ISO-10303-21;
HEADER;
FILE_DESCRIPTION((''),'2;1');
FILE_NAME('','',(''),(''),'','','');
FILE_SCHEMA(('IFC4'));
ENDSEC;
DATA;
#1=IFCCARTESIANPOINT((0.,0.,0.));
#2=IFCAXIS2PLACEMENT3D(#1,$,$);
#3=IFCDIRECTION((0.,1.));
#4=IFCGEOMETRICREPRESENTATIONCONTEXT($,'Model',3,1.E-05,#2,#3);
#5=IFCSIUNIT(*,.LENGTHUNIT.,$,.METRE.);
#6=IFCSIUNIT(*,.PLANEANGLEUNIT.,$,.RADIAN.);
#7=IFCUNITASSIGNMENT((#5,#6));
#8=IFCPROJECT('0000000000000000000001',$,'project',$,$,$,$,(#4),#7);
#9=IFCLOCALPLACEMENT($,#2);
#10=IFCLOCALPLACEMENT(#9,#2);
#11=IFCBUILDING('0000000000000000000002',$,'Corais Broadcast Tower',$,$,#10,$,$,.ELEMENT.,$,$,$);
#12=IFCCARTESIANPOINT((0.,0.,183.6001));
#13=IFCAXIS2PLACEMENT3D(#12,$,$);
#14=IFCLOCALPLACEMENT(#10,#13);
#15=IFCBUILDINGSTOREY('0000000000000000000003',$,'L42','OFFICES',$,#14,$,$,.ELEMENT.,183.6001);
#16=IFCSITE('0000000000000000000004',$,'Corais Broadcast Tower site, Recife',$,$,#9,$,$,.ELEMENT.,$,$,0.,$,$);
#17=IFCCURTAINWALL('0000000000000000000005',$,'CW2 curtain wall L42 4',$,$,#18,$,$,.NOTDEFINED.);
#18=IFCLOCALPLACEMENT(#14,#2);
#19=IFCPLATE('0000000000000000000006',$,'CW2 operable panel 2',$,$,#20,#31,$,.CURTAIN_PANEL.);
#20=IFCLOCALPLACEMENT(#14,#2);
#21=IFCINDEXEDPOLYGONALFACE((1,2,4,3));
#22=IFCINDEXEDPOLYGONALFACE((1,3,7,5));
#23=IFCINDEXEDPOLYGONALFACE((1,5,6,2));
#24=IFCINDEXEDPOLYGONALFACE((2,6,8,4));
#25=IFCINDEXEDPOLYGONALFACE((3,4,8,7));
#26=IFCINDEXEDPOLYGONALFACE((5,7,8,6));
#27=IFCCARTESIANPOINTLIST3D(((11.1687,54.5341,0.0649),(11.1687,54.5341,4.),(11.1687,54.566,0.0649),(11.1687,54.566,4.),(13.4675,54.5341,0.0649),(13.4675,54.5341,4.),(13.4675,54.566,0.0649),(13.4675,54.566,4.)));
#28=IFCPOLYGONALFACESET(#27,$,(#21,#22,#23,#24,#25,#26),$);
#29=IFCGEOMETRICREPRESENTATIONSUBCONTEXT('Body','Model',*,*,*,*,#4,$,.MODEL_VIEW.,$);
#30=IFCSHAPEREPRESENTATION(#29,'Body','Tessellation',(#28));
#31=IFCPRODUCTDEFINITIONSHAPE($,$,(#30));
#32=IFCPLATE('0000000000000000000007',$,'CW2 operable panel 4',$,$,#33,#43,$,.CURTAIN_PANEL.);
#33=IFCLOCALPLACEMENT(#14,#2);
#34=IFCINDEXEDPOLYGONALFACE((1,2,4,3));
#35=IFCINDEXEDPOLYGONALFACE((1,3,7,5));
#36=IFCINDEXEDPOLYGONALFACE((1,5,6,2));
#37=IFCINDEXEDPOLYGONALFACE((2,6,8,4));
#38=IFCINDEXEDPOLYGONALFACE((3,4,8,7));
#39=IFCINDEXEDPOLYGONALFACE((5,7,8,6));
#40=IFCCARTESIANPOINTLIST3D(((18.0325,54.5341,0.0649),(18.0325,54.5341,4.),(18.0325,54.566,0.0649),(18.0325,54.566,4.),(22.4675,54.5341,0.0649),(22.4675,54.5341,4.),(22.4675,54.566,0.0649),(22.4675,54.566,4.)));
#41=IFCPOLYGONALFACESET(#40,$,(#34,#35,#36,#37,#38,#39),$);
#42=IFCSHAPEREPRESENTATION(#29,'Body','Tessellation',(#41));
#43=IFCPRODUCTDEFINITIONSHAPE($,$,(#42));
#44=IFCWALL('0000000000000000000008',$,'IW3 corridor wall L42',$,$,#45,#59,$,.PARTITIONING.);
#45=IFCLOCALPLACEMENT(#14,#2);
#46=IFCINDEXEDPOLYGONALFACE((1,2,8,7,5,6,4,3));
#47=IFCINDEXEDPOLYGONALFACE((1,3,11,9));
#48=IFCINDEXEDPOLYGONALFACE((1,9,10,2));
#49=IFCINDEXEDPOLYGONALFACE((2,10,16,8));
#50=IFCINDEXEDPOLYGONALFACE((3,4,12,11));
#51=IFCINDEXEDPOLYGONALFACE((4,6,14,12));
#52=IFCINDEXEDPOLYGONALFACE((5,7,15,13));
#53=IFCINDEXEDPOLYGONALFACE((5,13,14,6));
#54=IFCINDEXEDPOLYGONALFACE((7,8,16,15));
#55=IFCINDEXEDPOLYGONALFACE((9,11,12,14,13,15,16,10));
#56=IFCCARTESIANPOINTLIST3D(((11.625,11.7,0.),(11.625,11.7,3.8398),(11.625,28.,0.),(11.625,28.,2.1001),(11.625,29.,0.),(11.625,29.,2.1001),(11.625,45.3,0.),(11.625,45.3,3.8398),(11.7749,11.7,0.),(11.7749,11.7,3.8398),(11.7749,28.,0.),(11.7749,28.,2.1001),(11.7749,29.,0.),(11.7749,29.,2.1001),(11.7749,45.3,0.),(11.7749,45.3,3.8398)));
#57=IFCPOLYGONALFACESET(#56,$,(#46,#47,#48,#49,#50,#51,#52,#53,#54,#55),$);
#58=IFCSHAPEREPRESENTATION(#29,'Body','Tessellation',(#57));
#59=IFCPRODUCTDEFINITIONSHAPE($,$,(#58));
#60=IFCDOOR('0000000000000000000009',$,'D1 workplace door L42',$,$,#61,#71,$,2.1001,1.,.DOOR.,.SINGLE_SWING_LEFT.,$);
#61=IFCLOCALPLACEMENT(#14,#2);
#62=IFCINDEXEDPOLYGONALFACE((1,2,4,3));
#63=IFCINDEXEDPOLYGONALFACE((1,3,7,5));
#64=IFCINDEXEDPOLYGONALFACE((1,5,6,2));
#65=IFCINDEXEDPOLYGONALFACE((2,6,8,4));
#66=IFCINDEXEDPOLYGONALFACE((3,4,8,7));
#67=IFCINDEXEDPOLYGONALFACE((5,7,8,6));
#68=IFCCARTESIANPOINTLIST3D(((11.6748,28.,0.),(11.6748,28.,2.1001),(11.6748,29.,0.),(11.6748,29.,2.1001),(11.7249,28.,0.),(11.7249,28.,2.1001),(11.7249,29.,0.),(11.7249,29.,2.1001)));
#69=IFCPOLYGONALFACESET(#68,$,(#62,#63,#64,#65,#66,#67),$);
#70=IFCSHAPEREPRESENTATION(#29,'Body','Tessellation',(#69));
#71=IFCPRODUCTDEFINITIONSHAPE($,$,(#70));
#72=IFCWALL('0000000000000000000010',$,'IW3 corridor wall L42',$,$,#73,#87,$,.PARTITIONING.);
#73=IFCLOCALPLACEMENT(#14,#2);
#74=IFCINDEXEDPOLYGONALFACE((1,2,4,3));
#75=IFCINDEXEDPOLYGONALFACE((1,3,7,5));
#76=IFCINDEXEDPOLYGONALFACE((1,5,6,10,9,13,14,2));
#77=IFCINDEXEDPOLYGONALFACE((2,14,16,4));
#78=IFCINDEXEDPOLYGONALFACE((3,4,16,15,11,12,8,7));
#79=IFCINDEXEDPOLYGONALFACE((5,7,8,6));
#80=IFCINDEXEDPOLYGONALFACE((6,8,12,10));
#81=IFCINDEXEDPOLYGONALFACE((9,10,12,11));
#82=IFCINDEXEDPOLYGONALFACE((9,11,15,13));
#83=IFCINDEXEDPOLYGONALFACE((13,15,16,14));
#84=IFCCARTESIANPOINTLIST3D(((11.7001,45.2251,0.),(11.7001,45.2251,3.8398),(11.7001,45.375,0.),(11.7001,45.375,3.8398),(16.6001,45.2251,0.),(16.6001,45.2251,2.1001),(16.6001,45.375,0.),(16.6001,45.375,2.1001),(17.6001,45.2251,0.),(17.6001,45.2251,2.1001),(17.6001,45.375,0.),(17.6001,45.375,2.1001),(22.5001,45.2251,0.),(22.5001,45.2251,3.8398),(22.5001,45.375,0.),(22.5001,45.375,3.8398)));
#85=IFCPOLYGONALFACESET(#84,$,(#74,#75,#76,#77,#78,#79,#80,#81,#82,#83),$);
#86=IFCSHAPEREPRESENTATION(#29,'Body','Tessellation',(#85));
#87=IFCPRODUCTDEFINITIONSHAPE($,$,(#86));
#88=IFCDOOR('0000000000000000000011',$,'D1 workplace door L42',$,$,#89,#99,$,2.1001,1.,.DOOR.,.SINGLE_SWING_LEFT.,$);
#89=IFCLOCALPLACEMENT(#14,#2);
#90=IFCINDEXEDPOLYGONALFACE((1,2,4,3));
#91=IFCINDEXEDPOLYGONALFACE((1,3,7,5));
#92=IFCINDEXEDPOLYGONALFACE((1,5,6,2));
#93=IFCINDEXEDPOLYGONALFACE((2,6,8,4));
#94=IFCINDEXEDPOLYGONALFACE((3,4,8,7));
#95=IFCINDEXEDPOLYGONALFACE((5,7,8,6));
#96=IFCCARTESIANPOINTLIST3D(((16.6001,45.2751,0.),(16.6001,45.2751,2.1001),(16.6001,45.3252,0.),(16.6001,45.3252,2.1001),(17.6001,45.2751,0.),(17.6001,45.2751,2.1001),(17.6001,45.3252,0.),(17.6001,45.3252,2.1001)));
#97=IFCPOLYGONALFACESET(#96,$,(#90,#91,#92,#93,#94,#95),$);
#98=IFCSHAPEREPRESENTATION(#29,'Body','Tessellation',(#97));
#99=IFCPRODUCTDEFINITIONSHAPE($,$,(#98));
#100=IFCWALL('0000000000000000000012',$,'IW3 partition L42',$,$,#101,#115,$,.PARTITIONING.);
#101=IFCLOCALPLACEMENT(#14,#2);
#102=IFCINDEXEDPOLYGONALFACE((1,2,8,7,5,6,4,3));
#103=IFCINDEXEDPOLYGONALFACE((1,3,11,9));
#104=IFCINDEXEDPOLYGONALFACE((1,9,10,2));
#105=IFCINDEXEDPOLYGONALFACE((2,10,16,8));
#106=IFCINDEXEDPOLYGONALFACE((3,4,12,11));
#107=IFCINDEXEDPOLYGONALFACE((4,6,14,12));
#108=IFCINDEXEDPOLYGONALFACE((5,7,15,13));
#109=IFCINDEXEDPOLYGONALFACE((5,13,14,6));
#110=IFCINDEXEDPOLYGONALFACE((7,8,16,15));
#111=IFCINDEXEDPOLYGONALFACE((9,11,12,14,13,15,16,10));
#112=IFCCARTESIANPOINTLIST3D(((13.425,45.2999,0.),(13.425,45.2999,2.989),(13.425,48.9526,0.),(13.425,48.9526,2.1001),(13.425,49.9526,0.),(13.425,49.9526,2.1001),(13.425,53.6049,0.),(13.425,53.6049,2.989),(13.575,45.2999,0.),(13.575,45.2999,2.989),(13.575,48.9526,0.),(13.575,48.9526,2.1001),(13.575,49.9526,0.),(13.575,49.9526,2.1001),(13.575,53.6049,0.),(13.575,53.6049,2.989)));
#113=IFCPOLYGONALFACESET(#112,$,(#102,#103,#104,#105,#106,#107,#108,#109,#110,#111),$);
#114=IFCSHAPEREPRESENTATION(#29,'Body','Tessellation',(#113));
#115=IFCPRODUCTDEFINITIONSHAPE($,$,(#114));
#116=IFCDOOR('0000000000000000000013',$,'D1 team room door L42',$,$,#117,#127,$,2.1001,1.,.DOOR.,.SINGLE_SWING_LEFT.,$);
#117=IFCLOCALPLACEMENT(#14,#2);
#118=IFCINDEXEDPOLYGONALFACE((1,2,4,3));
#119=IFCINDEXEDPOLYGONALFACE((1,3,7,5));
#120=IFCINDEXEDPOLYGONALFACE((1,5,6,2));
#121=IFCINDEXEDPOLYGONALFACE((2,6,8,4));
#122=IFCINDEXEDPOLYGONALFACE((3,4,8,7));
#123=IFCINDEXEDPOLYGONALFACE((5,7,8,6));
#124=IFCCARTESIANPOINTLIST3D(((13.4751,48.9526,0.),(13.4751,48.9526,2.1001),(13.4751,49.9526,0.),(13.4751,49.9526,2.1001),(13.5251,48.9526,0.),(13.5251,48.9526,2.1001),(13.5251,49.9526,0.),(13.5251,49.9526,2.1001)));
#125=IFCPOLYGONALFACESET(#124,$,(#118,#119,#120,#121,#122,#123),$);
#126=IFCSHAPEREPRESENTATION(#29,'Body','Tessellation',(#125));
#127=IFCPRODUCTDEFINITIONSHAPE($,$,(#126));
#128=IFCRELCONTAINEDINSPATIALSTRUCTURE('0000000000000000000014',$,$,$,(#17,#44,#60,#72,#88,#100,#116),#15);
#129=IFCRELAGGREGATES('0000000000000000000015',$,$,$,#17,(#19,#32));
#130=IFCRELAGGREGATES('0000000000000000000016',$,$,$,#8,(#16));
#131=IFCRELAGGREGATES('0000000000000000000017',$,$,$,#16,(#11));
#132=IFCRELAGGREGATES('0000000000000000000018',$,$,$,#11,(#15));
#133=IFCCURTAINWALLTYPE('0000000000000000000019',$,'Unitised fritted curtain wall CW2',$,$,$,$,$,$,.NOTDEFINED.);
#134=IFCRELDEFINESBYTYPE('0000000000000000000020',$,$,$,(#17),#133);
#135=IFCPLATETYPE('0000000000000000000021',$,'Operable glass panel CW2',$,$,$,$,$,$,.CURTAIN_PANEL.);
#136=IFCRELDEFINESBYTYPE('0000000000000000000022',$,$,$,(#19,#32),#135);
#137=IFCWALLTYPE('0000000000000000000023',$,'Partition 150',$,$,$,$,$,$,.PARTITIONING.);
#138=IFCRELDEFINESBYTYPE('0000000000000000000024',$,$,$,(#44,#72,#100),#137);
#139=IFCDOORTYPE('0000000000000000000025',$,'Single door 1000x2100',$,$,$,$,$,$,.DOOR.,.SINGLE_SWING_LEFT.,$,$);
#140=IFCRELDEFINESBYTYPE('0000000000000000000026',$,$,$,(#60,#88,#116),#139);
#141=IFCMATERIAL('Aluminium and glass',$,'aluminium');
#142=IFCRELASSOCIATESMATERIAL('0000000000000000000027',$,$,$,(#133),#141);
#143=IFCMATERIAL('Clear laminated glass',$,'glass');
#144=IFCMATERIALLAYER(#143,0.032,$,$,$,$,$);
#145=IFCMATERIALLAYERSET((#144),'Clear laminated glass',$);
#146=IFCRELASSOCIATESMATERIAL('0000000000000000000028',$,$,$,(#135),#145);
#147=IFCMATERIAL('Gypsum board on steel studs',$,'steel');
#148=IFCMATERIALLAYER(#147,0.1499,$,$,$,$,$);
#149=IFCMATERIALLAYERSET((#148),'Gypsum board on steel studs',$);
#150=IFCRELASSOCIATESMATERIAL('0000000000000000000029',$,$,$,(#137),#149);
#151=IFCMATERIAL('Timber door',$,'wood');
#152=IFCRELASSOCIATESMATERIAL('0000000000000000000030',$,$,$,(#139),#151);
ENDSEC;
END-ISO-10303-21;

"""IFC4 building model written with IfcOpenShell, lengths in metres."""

from ifc_helpers import new_model, si_unit, direction, frame, frame_2d, origin, origin_2d, place, context, subcontext, project, spatial, rectangle, extrude, material, layer, layer_set, type_object, element, fill, aggregate, save


model = new_model("IFC4")

# Units and contexts
model_context = context("Model", 3, precision=1e-05, world=origin(), true_north=direction((0.0, 1.0)))
body_context = subcontext(model_context, "Body", "Model", "MODEL_VIEW")
ifc_project = project(units=[si_unit("LENGTHUNIT", "METRE"), si_unit("PLANEANGLEUNIT", "RADIAN")], contexts=[model_context])

# Site, building, storey
site_placement = place(None, origin())
site = spatial("IfcSite", under=ifc_project, at=site_placement, Name="Corais Broadcast Tower site, Recife", CompositionType="ELEMENT", RefElevation=0.0)
building_placement = place(site_placement, origin())
building = spatial("IfcBuilding", under=site, at=building_placement, Name="Corais Broadcast Tower", CompositionType="ELEMENT")
storey_placement = place(building_placement, frame((0.0, 0.0, 183.6001)))
storey = spatial("IfcBuildingStorey", under=building, at=storey_placement, Name="L42", Description="OFFICES", CompositionType="ELEMENT", Elevation=183.6001)

# Curtain wall
ifc_material_1 = material(Name="Aluminium and glass", Category="aluminium")
curtain_wall_type = type_object("IfcCurtainWallType", Name="Unitised fritted curtain wall CW2", PredefinedType="NOTDEFINED", material=ifc_material_1)
curtain_wall_placement = place(storey_placement, origin())
curtain_wall = element("IfcCurtainWall", 1, at=curtain_wall_placement, inside=storey, type_object=curtain_wall_type, Name="CW2 curtain wall L42 4", PredefinedType="NOTDEFINED")

# Plates
ifc_material_2 = material(Name="Clear laminated glass", Category="glass")
ifc_layer_1 = layer(ifc_material_2, 0.032)
ifc_layer_set_1 = layer_set([ifc_layer_1], Name="Clear laminated glass")
plate_type_1 = type_object("IfcPlateType", Name="Operable glass panel CW2", PredefinedType="CURTAIN_PANEL", material=ifc_layer_set_1)
plate_1_placement = place(storey_placement, frame((12.3181, 54.55, 0.0649), z_axis=(0.0, 0.0, 1.0), x_axis=(1.0, 0.0, 0.0)))
plate_1 = element("IfcPlate", 2, at=plate_1_placement, type_object=plate_type_1, Name="CW2 operable panel 2", PredefinedType="CURTAIN_PANEL", context=body_context, shape_type="SweptSolid", body=[
    extrude(rectangle(XDim=2.2988, YDim=0.032, at=origin_2d()), origin(), (0.0, 0.0, 1.0), 3.9351),
])
plate_2_placement = place(storey_placement, frame((20.25, 54.55, 0.0649), z_axis=(0.0, 0.0, 1.0), x_axis=(1.0, 0.0, 0.0)))
plate_2 = element("IfcPlate", 3, at=plate_2_placement, type_object=plate_type_1, Name="CW2 operable panel 4", PredefinedType="CURTAIN_PANEL", context=body_context, shape_type="SweptSolid", body=[
    extrude(rectangle(XDim=4.4351, YDim=0.032, at=origin_2d()), origin(), (0.0, 0.0, 1.0), 3.9351),
])
aggregate(curtain_wall, [plate_1, plate_2])

# Walls, openings, doors
ifc_material_3 = material(Name="Gypsum board on steel studs", Category="steel")
ifc_layer_2 = layer(ifc_material_3, 0.1499)
ifc_layer_set_2 = layer_set([ifc_layer_2], Name="Gypsum board on steel studs")
wall_type = type_object("IfcWallType", Name="Partition 150", PredefinedType="PARTITIONING", material=ifc_layer_set_2)
wall_1_placement = place(storey_placement, frame((11.7, 45.3, 0.0), z_axis=(0.0, 0.0, 1.0), x_axis=(0.0, -1.0, 0.0)))
wall_1 = element("IfcWall", 4, at=wall_1_placement, inside=storey, type_object=wall_type, Name="IW3 corridor wall L42", PredefinedType="PARTITIONING", context=body_context, shape_type="SweptSolid", body=[
    extrude(rectangle(XDim=33.6001, YDim=0.1499, at=frame_2d((16.8, 0.0))), origin(), (0.0, 0.0, 1.0), 3.8398),
])
opening_1_placement = place(wall_1_placement, frame((16.3, 0.0, 0.0)))
opening_1 = element("IfcOpeningElement", 5, at=opening_1_placement, cuts=wall_1, PredefinedType="OPENING", context=body_context, shape_type="SweptSolid", body=[
    extrude(rectangle(XDim=1.0, YDim=2.1001, at=frame_2d((0.5, 1.05))), frame((0.0, 0.085, 0.0), z_axis=(0.0, -1.0, 0.0), x_axis=(1.0, 0.0, 0.0)), (0.0, 0.0, 1.0), 0.1699),
])
ifc_material_4 = material(Name="Timber door", Category="wood")
door_type = type_object("IfcDoorType", Name="Single door 1000x2100", OperationType="SINGLE_SWING_LEFT", PredefinedType="DOOR", material=ifc_material_4)
door_1_placement = place(opening_1_placement, origin())
door_1 = element("IfcDoor", 6, at=door_1_placement, inside=storey, type_object=door_type, Name="D1 workplace door L42", OperationType="SINGLE_SWING_LEFT", OverallHeight=2.1001, OverallWidth=1.0, PredefinedType="DOOR", context=body_context, shape_type="SweptSolid", body=[
    extrude(rectangle(XDim=1.0, YDim=2.1001, at=frame_2d((0.5, 1.05))), frame((0.0, 0.0249, 0.0), z_axis=(0.0, -1.0, 0.0), x_axis=(1.0, 0.0, 0.0)), (0.0, 0.0, 1.0), 0.05),
])
fill(opening_1, door_1)
wall_2_placement = place(storey_placement, frame((22.5, 45.3, 0.0), z_axis=(0.0, 0.0, 1.0), x_axis=(-1.0, 0.0, 0.0)))
wall_2 = element("IfcWall", 7, at=wall_2_placement, inside=storey, type_object=wall_type, Name="IW3 corridor wall L42", PredefinedType="PARTITIONING", context=body_context, shape_type="SweptSolid", body=[
    extrude(rectangle(XDim=10.8, YDim=0.1499, at=frame_2d((5.3999, 0.0))), origin(), (0.0, 0.0, 1.0), 3.8398),
])
opening_2_placement = place(wall_2_placement, frame((4.8999, 0.0, 0.0)))
opening_2 = element("IfcOpeningElement", 8, at=opening_2_placement, cuts=wall_2, PredefinedType="OPENING", context=body_context, shape_type="SweptSolid", body=[
    extrude(rectangle(XDim=1.0, YDim=2.1001, at=frame_2d((0.5, 1.05))), frame((0.0, 0.085, 0.0), z_axis=(0.0, -1.0, 0.0), x_axis=(1.0, 0.0, 0.0)), (0.0, 0.0, 1.0), 0.1699),
])
door_2_placement = place(opening_2_placement, origin())
door_2 = element("IfcDoor", 9, at=door_2_placement, inside=storey, type_object=door_type, Name="D1 workplace door L42", OperationType="SINGLE_SWING_LEFT", OverallHeight=2.1001, OverallWidth=1.0, PredefinedType="DOOR", context=body_context, shape_type="SweptSolid", body=[
    extrude(rectangle(XDim=1.0, YDim=2.1001, at=frame_2d((0.5, 1.05))), frame((0.0, 0.0249, 0.0), z_axis=(0.0, -1.0, 0.0), x_axis=(1.0, 0.0, 0.0)), (0.0, 0.0, 1.0), 0.05),
])
fill(opening_2, door_2)
wall_3_placement = place(storey_placement, frame((13.5, 45.3, 0.0), z_axis=(0.0, 0.0, 1.0), x_axis=(0.0, 1.0, 0.0)))
wall_3 = element("IfcWall", 10, at=wall_3_placement, inside=storey, type_object=wall_type, Name="IW3 partition L42", PredefinedType="PARTITIONING", context=body_context, shape_type="SweptSolid", body=[
    extrude(rectangle(XDim=8.3049, YDim=0.1499, at=frame_2d((4.1523, 0.0))), origin(), (0.0, 0.0, 1.0), 2.989),
])
opening_3_placement = place(wall_3_placement, frame((3.6526, 0.0, 0.0)))
opening_3 = element("IfcOpeningElement", 11, at=opening_3_placement, cuts=wall_3, PredefinedType="OPENING", context=body_context, shape_type="SweptSolid", body=[
    extrude(rectangle(XDim=1.0, YDim=2.1001, at=frame_2d((0.5, 1.05))), frame((0.0, 0.085, 0.0), z_axis=(0.0, -1.0, 0.0), x_axis=(1.0, 0.0, 0.0)), (0.0, 0.0, 1.0), 0.1699),
])
door_3_placement = place(opening_3_placement, origin())
door_3 = element("IfcDoor", 12, at=door_3_placement, inside=storey, type_object=door_type, Name="D1 team room door L42", OperationType="SINGLE_SWING_LEFT", OverallHeight=2.1001, OverallWidth=1.0, PredefinedType="DOOR", context=body_context, shape_type="SweptSolid", body=[
    extrude(rectangle(XDim=1.0, YDim=2.1001, at=frame_2d((0.5, 1.05))), frame((0.0, 0.0249, 0.0), z_axis=(0.0, -1.0, 0.0), x_axis=(1.0, 0.0, 0.0)), (0.0, 0.0, 1.0), 0.05),
])
fill(opening_3, door_3)

save(model, "model.ifc")
